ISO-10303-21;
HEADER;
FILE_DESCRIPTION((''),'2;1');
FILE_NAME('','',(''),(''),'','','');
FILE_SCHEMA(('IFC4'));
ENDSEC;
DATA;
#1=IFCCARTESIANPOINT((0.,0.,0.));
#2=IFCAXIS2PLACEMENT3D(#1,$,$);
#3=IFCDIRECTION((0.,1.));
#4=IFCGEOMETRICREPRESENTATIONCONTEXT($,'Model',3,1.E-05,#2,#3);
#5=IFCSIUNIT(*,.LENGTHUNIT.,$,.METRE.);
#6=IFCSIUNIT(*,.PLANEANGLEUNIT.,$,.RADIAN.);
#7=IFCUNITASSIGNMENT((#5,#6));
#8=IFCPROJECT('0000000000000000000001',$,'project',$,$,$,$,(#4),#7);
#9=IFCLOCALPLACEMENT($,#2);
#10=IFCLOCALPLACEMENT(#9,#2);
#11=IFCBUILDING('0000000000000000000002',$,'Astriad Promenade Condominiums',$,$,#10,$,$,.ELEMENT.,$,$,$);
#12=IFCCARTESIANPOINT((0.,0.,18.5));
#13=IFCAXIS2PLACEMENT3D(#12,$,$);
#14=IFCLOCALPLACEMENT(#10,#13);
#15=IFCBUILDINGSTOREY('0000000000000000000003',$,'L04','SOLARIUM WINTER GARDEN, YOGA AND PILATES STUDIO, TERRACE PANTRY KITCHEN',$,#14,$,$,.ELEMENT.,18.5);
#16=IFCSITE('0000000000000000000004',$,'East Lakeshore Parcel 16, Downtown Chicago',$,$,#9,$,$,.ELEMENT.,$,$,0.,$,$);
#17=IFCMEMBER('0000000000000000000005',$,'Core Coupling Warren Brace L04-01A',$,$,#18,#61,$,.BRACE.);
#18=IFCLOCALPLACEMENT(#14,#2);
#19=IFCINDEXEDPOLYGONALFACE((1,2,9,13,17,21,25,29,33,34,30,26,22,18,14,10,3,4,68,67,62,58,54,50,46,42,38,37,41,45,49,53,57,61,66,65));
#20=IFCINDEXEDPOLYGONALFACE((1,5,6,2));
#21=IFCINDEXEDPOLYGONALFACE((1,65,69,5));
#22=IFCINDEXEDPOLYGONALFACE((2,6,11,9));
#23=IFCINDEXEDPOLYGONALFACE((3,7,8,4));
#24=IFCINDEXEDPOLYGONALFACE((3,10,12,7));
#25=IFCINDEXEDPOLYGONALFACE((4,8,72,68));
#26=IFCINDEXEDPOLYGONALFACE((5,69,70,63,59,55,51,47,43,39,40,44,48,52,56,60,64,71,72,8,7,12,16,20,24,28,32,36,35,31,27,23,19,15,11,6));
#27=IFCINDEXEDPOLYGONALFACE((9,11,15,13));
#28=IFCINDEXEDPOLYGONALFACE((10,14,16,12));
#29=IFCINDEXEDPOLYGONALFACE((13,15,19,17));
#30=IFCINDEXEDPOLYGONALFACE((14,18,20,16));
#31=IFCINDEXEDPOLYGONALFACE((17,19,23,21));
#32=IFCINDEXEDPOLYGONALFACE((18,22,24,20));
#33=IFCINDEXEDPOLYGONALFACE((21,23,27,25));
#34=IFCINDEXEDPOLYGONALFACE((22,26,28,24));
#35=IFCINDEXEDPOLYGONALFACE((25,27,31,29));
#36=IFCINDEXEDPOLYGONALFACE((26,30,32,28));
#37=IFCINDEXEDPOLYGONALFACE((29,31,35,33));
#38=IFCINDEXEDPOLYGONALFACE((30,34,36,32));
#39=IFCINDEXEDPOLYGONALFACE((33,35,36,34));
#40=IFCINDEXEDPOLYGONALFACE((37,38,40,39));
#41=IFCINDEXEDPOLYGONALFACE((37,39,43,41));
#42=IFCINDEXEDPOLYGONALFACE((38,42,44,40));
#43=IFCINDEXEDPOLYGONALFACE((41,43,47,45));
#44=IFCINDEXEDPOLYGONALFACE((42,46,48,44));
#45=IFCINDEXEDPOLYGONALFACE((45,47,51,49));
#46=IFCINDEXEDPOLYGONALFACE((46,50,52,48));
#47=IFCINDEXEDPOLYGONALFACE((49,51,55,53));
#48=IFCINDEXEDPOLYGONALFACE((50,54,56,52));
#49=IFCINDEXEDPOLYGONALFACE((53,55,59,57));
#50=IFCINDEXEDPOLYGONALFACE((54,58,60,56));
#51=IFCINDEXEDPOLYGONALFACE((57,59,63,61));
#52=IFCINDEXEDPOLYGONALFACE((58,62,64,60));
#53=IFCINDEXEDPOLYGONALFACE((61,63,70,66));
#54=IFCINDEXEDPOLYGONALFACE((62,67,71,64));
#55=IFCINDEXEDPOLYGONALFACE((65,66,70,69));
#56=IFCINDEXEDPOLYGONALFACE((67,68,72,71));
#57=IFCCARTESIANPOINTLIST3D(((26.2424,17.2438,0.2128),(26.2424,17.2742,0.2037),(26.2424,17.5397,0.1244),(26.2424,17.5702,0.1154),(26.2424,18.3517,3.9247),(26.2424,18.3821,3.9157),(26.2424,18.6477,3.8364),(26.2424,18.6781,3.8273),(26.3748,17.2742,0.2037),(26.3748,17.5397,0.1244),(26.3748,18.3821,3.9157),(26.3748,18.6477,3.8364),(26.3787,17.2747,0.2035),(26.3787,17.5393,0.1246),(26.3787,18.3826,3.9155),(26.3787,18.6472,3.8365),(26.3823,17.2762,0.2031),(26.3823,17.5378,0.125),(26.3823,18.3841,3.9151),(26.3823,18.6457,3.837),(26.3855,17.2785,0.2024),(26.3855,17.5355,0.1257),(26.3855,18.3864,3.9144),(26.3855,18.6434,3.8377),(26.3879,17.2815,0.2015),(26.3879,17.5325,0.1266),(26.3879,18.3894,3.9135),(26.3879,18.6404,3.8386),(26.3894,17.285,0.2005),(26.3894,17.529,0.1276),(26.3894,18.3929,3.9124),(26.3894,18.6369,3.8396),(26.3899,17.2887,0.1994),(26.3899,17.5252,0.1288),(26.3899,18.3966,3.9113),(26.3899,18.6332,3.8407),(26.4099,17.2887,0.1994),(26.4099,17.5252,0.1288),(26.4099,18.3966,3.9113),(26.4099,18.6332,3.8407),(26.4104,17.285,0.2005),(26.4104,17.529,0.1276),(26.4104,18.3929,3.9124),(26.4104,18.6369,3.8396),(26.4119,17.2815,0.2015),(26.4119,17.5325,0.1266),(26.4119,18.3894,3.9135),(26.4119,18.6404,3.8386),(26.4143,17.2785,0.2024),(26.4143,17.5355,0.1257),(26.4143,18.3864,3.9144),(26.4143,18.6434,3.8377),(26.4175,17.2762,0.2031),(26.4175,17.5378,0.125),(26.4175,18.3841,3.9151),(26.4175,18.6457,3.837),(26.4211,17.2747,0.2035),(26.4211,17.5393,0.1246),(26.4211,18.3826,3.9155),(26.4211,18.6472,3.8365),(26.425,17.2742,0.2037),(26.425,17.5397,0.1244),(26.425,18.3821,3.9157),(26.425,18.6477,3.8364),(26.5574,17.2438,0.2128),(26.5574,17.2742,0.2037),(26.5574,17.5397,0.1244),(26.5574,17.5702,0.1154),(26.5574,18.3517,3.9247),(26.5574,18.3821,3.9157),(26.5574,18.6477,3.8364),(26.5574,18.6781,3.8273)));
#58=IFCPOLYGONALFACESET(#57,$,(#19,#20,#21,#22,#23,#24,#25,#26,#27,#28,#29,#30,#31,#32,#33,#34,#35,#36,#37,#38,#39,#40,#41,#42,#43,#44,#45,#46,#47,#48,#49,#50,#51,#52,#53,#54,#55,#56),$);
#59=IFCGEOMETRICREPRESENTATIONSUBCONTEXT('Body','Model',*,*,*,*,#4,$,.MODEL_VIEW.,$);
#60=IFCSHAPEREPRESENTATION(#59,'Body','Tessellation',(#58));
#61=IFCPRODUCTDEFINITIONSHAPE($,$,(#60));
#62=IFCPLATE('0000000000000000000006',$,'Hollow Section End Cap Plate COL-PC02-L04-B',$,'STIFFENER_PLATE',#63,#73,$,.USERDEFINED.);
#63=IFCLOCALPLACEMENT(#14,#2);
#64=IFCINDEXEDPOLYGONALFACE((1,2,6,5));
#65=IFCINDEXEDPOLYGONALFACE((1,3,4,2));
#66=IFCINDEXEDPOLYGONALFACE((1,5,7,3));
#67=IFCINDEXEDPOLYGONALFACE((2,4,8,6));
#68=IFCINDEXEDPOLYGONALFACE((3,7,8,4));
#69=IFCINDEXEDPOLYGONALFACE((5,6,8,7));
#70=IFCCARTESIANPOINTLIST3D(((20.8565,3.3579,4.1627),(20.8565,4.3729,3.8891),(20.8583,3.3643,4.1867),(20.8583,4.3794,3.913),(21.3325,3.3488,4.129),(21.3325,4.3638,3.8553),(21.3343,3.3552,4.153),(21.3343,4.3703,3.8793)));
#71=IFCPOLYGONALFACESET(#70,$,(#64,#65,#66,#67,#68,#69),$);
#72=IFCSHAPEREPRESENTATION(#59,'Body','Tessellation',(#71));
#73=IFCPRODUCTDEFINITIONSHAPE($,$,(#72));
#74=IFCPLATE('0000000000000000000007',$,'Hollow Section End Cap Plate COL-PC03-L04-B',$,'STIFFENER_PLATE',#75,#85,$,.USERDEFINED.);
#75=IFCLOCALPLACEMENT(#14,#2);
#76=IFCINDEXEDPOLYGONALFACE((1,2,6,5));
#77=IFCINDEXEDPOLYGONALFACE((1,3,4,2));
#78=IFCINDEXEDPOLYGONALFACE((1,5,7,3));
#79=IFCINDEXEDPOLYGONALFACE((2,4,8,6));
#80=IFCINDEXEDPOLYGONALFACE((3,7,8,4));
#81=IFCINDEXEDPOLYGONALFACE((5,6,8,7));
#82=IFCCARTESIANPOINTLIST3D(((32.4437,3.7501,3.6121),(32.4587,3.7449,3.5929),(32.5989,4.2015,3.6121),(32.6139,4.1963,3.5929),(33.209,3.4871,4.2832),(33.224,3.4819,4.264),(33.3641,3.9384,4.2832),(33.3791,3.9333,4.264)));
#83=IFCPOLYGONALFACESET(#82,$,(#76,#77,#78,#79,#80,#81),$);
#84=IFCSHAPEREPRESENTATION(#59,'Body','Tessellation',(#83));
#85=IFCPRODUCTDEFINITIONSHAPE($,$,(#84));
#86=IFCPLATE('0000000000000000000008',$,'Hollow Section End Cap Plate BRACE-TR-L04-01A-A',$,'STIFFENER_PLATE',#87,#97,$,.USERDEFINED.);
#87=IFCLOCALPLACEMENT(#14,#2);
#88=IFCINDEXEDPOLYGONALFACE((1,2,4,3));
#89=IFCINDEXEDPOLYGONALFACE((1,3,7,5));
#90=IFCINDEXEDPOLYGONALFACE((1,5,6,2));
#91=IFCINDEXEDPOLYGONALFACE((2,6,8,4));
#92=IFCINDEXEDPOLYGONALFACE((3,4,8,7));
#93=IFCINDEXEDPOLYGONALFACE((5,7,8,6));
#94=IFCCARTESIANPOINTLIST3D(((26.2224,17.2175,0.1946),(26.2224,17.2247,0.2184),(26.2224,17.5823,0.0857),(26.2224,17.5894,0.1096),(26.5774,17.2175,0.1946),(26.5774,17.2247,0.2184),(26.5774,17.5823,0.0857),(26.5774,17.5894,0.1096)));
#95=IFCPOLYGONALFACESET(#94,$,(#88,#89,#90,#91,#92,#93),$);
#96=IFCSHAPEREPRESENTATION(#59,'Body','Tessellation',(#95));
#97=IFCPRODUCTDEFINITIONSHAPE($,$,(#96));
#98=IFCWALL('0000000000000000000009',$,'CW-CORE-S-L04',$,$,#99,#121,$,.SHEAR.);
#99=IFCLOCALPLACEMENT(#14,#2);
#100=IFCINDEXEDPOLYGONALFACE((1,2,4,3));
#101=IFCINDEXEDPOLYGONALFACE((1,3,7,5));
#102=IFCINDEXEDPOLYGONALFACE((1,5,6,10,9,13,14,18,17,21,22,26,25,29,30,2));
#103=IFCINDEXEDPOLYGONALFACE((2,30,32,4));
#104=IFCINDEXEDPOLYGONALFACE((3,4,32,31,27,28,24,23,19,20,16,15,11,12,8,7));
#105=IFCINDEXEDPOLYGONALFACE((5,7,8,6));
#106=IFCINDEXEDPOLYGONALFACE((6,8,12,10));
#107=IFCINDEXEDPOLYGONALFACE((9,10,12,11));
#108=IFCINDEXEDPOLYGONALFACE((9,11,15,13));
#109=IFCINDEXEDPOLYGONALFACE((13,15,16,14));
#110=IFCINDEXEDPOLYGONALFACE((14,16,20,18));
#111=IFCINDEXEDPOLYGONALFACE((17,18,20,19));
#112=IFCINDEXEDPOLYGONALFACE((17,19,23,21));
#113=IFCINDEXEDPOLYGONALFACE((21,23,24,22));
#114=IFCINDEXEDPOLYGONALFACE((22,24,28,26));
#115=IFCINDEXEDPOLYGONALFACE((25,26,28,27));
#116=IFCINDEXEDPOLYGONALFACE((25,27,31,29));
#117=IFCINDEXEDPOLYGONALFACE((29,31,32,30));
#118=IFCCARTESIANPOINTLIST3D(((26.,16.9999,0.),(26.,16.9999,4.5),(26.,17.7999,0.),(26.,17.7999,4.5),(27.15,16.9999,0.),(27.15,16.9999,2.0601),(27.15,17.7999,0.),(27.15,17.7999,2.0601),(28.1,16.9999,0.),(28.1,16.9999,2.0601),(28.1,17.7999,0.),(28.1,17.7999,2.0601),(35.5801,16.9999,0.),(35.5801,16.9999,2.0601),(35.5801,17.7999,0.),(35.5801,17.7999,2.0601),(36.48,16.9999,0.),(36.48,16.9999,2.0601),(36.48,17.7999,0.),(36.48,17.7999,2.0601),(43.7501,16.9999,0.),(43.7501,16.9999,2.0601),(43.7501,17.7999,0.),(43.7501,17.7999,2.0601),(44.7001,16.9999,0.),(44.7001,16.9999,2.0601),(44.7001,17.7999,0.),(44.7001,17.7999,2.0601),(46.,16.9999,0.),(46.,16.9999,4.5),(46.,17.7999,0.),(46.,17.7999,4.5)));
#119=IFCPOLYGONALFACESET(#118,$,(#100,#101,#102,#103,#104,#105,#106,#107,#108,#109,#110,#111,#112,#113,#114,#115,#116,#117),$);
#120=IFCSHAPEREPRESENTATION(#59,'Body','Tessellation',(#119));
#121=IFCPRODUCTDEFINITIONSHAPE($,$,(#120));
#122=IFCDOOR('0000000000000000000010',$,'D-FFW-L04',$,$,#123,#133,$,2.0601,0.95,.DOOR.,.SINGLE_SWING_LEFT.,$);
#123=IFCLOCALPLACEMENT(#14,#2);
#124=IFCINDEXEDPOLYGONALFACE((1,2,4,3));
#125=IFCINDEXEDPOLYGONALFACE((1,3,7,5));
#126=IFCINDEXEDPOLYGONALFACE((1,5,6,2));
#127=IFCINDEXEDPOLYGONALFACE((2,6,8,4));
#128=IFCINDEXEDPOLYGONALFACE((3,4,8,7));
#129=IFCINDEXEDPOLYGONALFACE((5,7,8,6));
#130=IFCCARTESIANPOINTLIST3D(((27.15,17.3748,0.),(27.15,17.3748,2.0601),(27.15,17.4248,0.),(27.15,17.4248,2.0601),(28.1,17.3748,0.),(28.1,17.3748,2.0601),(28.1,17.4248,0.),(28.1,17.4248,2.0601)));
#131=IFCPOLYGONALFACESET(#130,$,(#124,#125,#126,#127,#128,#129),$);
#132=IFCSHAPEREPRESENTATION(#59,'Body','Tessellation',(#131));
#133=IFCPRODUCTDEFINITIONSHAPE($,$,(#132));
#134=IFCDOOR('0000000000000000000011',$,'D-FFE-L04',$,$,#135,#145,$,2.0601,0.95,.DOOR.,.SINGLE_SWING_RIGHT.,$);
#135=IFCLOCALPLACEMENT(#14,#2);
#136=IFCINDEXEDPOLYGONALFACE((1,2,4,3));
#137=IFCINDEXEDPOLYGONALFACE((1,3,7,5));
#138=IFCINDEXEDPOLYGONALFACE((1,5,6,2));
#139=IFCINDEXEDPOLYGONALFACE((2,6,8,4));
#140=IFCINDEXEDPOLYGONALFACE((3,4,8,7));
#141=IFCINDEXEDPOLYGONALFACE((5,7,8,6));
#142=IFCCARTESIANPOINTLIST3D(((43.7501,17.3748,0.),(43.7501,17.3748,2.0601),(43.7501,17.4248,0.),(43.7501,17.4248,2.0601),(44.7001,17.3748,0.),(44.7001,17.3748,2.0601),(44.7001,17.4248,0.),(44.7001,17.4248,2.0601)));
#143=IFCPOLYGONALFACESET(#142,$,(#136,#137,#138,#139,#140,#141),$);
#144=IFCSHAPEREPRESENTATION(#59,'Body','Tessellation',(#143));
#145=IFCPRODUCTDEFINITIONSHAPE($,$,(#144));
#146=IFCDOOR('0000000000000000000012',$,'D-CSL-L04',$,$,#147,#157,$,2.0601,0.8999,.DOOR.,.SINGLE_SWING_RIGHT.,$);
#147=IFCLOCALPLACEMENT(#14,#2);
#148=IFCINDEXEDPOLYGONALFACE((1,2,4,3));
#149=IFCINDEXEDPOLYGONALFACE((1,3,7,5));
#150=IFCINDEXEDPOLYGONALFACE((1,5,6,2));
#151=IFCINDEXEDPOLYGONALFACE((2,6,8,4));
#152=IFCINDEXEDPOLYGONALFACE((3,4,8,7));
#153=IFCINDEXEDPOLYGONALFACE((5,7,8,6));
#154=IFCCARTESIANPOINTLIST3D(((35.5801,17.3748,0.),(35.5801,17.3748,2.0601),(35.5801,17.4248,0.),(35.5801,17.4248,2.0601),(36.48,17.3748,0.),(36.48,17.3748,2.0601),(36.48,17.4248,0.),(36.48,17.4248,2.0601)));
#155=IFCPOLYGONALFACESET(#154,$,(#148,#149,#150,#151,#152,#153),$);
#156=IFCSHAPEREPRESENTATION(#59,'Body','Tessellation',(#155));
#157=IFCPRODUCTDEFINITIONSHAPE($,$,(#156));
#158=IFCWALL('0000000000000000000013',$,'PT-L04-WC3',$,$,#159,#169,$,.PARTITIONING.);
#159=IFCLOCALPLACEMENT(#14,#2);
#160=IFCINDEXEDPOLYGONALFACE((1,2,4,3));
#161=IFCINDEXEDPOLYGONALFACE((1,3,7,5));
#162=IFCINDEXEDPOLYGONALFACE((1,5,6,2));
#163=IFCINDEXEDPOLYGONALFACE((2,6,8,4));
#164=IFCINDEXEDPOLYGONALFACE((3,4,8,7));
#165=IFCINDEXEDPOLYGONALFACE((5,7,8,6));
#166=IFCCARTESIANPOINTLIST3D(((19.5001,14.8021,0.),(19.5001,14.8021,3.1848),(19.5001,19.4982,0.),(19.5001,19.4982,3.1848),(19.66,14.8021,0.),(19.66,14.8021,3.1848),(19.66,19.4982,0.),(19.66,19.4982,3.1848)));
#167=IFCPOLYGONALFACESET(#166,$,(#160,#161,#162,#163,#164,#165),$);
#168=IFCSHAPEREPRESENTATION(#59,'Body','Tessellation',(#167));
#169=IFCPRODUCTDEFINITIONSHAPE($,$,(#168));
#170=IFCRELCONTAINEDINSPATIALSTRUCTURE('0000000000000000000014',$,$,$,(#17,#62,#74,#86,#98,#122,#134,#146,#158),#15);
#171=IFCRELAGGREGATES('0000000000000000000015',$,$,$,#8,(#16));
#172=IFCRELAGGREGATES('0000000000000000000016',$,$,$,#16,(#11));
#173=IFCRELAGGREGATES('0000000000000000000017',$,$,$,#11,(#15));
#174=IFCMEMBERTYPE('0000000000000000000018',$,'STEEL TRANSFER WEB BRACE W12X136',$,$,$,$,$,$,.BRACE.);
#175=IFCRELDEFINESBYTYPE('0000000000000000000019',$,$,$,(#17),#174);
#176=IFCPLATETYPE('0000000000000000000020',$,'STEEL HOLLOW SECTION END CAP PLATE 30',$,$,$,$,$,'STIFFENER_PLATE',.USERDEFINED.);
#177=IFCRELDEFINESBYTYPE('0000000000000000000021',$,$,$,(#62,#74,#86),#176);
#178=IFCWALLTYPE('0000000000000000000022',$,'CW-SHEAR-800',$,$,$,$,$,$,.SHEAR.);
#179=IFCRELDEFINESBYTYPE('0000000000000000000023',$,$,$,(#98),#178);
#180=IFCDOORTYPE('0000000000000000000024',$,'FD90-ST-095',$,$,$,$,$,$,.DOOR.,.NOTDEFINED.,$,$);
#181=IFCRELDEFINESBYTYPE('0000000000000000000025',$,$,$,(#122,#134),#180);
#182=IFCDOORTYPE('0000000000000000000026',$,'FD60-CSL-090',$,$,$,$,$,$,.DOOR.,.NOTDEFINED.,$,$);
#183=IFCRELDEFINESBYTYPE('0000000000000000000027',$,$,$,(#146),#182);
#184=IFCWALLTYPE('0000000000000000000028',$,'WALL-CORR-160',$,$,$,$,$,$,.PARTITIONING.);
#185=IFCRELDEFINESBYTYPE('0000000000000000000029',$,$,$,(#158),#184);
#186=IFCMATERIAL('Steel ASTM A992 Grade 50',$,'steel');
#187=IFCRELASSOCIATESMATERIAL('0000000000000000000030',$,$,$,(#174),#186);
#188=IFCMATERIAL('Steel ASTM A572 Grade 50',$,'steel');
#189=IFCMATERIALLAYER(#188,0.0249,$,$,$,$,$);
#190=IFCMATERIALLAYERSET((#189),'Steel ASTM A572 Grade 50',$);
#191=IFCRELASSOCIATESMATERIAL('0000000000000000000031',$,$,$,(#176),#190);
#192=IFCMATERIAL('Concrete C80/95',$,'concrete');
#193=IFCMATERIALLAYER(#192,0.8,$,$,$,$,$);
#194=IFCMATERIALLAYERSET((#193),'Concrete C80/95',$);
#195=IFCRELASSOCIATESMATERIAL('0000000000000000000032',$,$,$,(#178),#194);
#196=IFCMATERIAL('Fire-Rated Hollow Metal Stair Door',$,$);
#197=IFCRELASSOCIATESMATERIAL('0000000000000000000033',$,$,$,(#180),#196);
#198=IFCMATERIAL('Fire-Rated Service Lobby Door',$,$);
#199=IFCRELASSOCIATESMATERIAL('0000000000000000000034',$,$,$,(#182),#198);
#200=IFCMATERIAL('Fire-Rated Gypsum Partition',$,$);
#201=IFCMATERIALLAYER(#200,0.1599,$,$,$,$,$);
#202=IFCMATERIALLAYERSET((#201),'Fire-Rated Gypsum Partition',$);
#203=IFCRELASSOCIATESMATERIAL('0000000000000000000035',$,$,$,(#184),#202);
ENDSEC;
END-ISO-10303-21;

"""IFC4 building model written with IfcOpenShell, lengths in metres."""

from ifc_helpers import new_model, si_unit, direction, frame, frame_2d, origin, origin_2d, place, context, subcontext, project, spatial, rectangle, i_section, extrude, source, transform, mapped, material, layer, layer_set, material_profile, profile_set, type_object, type_shapes, element, fill, save


model = new_model("IFC4")

# Units and contexts
model_context = context("Model", 3, precision=1e-05, world=origin(), true_north=direction((0.0, 1.0)))
body_context = subcontext(model_context, "Body", "Model", "MODEL_VIEW")
ifc_project = project(units=[si_unit("LENGTHUNIT", "METRE"), si_unit("PLANEANGLEUNIT", "RADIAN")], contexts=[model_context])

# Site, building, storey
site_placement = place(None, origin())
site = spatial("IfcSite", under=ifc_project, at=site_placement, Name="East Lakeshore Parcel 16, Downtown Chicago", CompositionType="ELEMENT", RefElevation=0.0)
building_placement = place(site_placement, origin())
building = spatial("IfcBuilding", under=site, at=building_placement, Name="Astriad Promenade Condominiums", CompositionType="ELEMENT")
storey_placement = place(building_placement, frame((0.0, 0.0, 18.5)))
storey = spatial("IfcBuildingStorey", under=building, at=storey_placement, Name="L04", Description="SOLARIUM WINTER GARDEN, YOGA AND PILATES STUDIO, TERRACE PANTRY KITCHEN", CompositionType="ELEMENT", Elevation=18.5)

# Shared definitions
ifc_material_1 = material(Name="Steel ASTM A992 Grade 50", Category="steel")

# Member
ifc_material_profile_1 = material_profile(ifc_material_1, i_section(OverallWidth=0.3149, OverallDepth=0.3406, WebThickness=0.02, FlangeThickness=0.0317, FilletRadius=0.0151, at=origin_2d()), Name="W12X136")
ifc_profile_set_1 = profile_set([ifc_material_profile_1], Name="Steel ASTM A992 Grade 50")
member_type = type_object("IfcMemberType", Name="STEEL TRANSFER WEB BRACE W12X136", PredefinedType="BRACE", material=ifc_profile_set_1)
shared_shape_1 = source(origin(), body_context, "Body", "SweptSolid", [
    extrude(i_section(OverallWidth=0.3149, OverallDepth=0.3406, WebThickness=0.02, FlangeThickness=0.0317, FilletRadius=0.0151, at=origin_2d()), origin(), (0.0, 0.0, 1.0), 3.8738),
])
type_shapes(member_type, [shared_shape_1])
member_placement = place(storey_placement, frame((26.3999, 17.407, 0.1641), z_axis=(0.0, 0.286006, 0.958228), x_axis=(-1.0, 0.0, 0.0)))
element("IfcMember", 1, at=member_placement, inside=storey, type_object=member_type, Name="Core Coupling Warren Brace L04-01A", PredefinedType="BRACE", context=body_context, shape_type="MappedRepresentation", body=[
    mapped(shared_shape_1, transform((0.0, 0.0, 0.0), scale=1.0)),
])

# Plates
ifc_material_2 = material(Name="Steel ASTM A572 Grade 50", Category="steel")
ifc_layer_1 = layer(ifc_material_2, 0.0249)
ifc_layer_set_1 = layer_set([ifc_layer_1], Name="Steel ASTM A572 Grade 50")
plate_type = type_object("IfcPlateType", Name="STEEL HOLLOW SECTION END CAP PLATE 30", ElementType="STIFFENER_PLATE", PredefinedType="USERDEFINED", material=ifc_layer_set_1)
shared_shape_2 = source(origin(), body_context, "Body", "SweptSolid", [
    extrude(rectangle(XDim=0.4773, YDim=1.0513, at=origin_2d()), origin(), (0.0, 0.0, 1.0), 0.0249),
])
for number, where, z_axis, x_axis, name in (
    (2, (21.0945, 3.8608, 4.009), (0.073161, 0.259635, 0.962932), (1.0, 0.0, 0.0), "Hollow Section End Cap Plate COL-PC02-L04-B"),
    (3, (32.9189, 3.8391, 3.9285), (-0.603707, 0.207513, 0.769725), (-0.325064, -0.945692, 0.0), "Hollow Section End Cap Plate COL-PC03-L04-B"),
):
    element("IfcPlate", number, at=place(storey_placement, frame(where, z_axis=z_axis, x_axis=x_axis)), inside=storey, type_object=plate_type, Name=name, ObjectType="STIFFENER_PLATE", PredefinedType="USERDEFINED", context=body_context, shape_type="MappedRepresentation", body=[
        mapped(shared_shape_2, transform((0.0, 0.0, 0.0), scale=1.0)),
    ])
shared_shape_3 = source(origin(), body_context, "Body", "SweptSolid", [
    extrude(rectangle(XDim=0.355, YDim=0.3806, at=origin_2d()), origin(), (0.0, 0.0, 1.0), 0.0249),
])
type_shapes(plate_type, [shared_shape_2, shared_shape_3])
plate_placement = place(storey_placement, frame((26.3999, 17.3999, 0.1401), z_axis=(0.0, 0.285974, 0.958237), x_axis=(1.0, 0.0, 0.0)))
element("IfcPlate", 4, at=plate_placement, inside=storey, type_object=plate_type, Name="Hollow Section End Cap Plate BRACE-TR-L04-01A-A", ObjectType="STIFFENER_PLATE", PredefinedType="USERDEFINED", context=body_context, shape_type="MappedRepresentation", body=[
    mapped(shared_shape_3, transform((0.0, 0.0, 0.0), scale=1.0)),
])

# Wall, openings, doors
ifc_material_3 = material(Name="Concrete C80/95", Category="concrete")
ifc_layer_2 = layer(ifc_material_3, 0.8)
ifc_layer_set_2 = layer_set([ifc_layer_2], Name="Concrete C80/95")
wall_type_1 = type_object("IfcWallType", Name="CW-SHEAR-800", PredefinedType="SHEAR", material=ifc_layer_set_2)
wall_1_placement = place(storey_placement, frame((26.0, 17.3999, 0.0), z_axis=(0.0, 0.0, 1.0), x_axis=(1.0, 0.0, 0.0)))
wall_1 = element("IfcWall", 5, at=wall_1_placement, inside=storey, type_object=wall_type_1, Name="CW-CORE-S-L04", PredefinedType="SHEAR", context=body_context, shape_type="SweptSolid", body=[
    extrude(rectangle(XDim=20.0, YDim=0.8, at=frame_2d((10.0, 0.0))), origin(), (0.0, 0.0, 1.0), 4.5),
])
opening_1_placement = place(wall_1_placement, frame((1.1499, 0.0, 0.0)))
opening_1 = element("IfcOpeningElement", 6, at=opening_1_placement, cuts=wall_1, PredefinedType="OPENING", context=body_context, shape_type="SweptSolid", body=[
    extrude(rectangle(XDim=0.95, YDim=2.0601, at=frame_2d((0.4751, 1.03))), frame((0.0, 0.4099, 0.0), z_axis=(0.0, -1.0, 0.0), x_axis=(1.0, 0.0, 0.0)), (0.0, 0.0, 1.0), 0.8201),
])
opening_2_placement = place(wall_1_placement, frame((9.5801, 0.0, 0.0)))
opening_2 = element("IfcOpeningElement", 7, at=opening_2_placement, cuts=wall_1, PredefinedType="OPENING", context=body_context, shape_type="SweptSolid", body=[
    extrude(rectangle(XDim=0.8999, YDim=2.0601, at=frame_2d((0.45, 1.03))), frame((0.0, 0.4099, 0.0), z_axis=(0.0, -1.0, 0.0), x_axis=(1.0, 0.0, 0.0)), (0.0, 0.0, 1.0), 0.8201),
])
opening_3_placement = place(wall_1_placement, frame((17.75, 0.0, 0.0)))
opening_3 = element("IfcOpeningElement", 8, at=opening_3_placement, cuts=wall_1, PredefinedType="OPENING", context=body_context, shape_type="SweptSolid", body=[
    extrude(rectangle(XDim=0.95, YDim=2.0601, at=frame_2d((0.4751, 1.03))), frame((0.0, 0.4099, 0.0), z_axis=(0.0, -1.0, 0.0), x_axis=(1.0, 0.0, 0.0)), (0.0, 0.0, 1.0), 0.8201),
])
ifc_material_4 = material(Name="Fire-Rated Hollow Metal Stair Door")
door_type_1 = type_object("IfcDoorType", Name="FD90-ST-095", OperationType="NOTDEFINED", PredefinedType="DOOR", material=ifc_material_4)
shared_shape_4 = source(origin(), body_context, "Body", "SweptSolid", [
    extrude(rectangle(XDim=0.95, YDim=2.0601, at=frame_2d((0.4751, 1.03))), frame((0.0, 0.0249, 0.0), z_axis=(0.0, -1.0, 0.0), x_axis=(1.0, 0.0, 0.0)), (0.0, 0.0, 1.0), 0.05),
])
type_shapes(door_type_1, [shared_shape_4])
door_1_placement = place(opening_1_placement, origin())
door_1 = element("IfcDoor", 9, at=door_1_placement, inside=storey, type_object=door_type_1, Name="D-FFW-L04", OperationType="SINGLE_SWING_LEFT", OverallHeight=2.0601, OverallWidth=0.95, PredefinedType="DOOR", context=body_context, shape_type="MappedRepresentation", body=[
    mapped(shared_shape_4, transform((0.0, 0.0, 0.0), scale=1.0)),
])
fill(opening_1, door_1)
door_2_placement = place(opening_3_placement, origin())
door_2 = element("IfcDoor", 10, at=door_2_placement, inside=storey, type_object=door_type_1, Name="D-FFE-L04", OperationType="SINGLE_SWING_RIGHT", OverallHeight=2.0601, OverallWidth=0.95, PredefinedType="DOOR", context=body_context, shape_type="MappedRepresentation", body=[
    mapped(shared_shape_4, transform((0.0, 0.0, 0.0), scale=1.0)),
])
fill(opening_3, door_2)
ifc_material_5 = material(Name="Fire-Rated Service Lobby Door")
door_type_2 = type_object("IfcDoorType", Name="FD60-CSL-090", OperationType="NOTDEFINED", PredefinedType="DOOR", material=ifc_material_5)
shared_shape_5 = source(origin(), body_context, "Body", "SweptSolid", [
    extrude(rectangle(XDim=0.8999, YDim=2.0601, at=frame_2d((0.45, 1.03))), frame((0.0, 0.0249, 0.0), z_axis=(0.0, -1.0, 0.0), x_axis=(1.0, 0.0, 0.0)), (0.0, 0.0, 1.0), 0.05),
])
type_shapes(door_type_2, [shared_shape_5])
door_3_placement = place(opening_2_placement, origin())
door_3 = element("IfcDoor", 11, at=door_3_placement, inside=storey, type_object=door_type_2, Name="D-CSL-L04", OperationType="SINGLE_SWING_RIGHT", OverallHeight=2.0601, OverallWidth=0.8999, PredefinedType="DOOR", context=body_context, shape_type="MappedRepresentation", body=[
    mapped(shared_shape_5, transform((0.0, 0.0, 0.0), scale=1.0)),
])
fill(opening_2, door_3)

# Wall
ifc_material_6 = material(Name="Fire-Rated Gypsum Partition")
ifc_layer_3 = layer(ifc_material_6, 0.1599)
ifc_layer_set_3 = layer_set([ifc_layer_3], Name="Fire-Rated Gypsum Partition")
wall_type_2 = type_object("IfcWallType", Name="WALL-CORR-160", PredefinedType="PARTITIONING", material=ifc_layer_set_3)
wall_2_placement = place(storey_placement, frame((19.5801, 14.802, 0.0), z_axis=(0.0, 0.0, 1.0), x_axis=(0.0, 1.0, 0.0)))
element("IfcWall", 12, at=wall_2_placement, inside=storey, type_object=wall_type_2, Name="PT-L04-WC3", PredefinedType="PARTITIONING", context=body_context, shape_type="SweptSolid", body=[
    extrude(rectangle(XDim=4.696, YDim=0.1599, at=frame_2d((2.3481, 0.0))), origin(), (0.0, 0.0, 1.0), 3.1848),
])

save(model, "model.ifc")
